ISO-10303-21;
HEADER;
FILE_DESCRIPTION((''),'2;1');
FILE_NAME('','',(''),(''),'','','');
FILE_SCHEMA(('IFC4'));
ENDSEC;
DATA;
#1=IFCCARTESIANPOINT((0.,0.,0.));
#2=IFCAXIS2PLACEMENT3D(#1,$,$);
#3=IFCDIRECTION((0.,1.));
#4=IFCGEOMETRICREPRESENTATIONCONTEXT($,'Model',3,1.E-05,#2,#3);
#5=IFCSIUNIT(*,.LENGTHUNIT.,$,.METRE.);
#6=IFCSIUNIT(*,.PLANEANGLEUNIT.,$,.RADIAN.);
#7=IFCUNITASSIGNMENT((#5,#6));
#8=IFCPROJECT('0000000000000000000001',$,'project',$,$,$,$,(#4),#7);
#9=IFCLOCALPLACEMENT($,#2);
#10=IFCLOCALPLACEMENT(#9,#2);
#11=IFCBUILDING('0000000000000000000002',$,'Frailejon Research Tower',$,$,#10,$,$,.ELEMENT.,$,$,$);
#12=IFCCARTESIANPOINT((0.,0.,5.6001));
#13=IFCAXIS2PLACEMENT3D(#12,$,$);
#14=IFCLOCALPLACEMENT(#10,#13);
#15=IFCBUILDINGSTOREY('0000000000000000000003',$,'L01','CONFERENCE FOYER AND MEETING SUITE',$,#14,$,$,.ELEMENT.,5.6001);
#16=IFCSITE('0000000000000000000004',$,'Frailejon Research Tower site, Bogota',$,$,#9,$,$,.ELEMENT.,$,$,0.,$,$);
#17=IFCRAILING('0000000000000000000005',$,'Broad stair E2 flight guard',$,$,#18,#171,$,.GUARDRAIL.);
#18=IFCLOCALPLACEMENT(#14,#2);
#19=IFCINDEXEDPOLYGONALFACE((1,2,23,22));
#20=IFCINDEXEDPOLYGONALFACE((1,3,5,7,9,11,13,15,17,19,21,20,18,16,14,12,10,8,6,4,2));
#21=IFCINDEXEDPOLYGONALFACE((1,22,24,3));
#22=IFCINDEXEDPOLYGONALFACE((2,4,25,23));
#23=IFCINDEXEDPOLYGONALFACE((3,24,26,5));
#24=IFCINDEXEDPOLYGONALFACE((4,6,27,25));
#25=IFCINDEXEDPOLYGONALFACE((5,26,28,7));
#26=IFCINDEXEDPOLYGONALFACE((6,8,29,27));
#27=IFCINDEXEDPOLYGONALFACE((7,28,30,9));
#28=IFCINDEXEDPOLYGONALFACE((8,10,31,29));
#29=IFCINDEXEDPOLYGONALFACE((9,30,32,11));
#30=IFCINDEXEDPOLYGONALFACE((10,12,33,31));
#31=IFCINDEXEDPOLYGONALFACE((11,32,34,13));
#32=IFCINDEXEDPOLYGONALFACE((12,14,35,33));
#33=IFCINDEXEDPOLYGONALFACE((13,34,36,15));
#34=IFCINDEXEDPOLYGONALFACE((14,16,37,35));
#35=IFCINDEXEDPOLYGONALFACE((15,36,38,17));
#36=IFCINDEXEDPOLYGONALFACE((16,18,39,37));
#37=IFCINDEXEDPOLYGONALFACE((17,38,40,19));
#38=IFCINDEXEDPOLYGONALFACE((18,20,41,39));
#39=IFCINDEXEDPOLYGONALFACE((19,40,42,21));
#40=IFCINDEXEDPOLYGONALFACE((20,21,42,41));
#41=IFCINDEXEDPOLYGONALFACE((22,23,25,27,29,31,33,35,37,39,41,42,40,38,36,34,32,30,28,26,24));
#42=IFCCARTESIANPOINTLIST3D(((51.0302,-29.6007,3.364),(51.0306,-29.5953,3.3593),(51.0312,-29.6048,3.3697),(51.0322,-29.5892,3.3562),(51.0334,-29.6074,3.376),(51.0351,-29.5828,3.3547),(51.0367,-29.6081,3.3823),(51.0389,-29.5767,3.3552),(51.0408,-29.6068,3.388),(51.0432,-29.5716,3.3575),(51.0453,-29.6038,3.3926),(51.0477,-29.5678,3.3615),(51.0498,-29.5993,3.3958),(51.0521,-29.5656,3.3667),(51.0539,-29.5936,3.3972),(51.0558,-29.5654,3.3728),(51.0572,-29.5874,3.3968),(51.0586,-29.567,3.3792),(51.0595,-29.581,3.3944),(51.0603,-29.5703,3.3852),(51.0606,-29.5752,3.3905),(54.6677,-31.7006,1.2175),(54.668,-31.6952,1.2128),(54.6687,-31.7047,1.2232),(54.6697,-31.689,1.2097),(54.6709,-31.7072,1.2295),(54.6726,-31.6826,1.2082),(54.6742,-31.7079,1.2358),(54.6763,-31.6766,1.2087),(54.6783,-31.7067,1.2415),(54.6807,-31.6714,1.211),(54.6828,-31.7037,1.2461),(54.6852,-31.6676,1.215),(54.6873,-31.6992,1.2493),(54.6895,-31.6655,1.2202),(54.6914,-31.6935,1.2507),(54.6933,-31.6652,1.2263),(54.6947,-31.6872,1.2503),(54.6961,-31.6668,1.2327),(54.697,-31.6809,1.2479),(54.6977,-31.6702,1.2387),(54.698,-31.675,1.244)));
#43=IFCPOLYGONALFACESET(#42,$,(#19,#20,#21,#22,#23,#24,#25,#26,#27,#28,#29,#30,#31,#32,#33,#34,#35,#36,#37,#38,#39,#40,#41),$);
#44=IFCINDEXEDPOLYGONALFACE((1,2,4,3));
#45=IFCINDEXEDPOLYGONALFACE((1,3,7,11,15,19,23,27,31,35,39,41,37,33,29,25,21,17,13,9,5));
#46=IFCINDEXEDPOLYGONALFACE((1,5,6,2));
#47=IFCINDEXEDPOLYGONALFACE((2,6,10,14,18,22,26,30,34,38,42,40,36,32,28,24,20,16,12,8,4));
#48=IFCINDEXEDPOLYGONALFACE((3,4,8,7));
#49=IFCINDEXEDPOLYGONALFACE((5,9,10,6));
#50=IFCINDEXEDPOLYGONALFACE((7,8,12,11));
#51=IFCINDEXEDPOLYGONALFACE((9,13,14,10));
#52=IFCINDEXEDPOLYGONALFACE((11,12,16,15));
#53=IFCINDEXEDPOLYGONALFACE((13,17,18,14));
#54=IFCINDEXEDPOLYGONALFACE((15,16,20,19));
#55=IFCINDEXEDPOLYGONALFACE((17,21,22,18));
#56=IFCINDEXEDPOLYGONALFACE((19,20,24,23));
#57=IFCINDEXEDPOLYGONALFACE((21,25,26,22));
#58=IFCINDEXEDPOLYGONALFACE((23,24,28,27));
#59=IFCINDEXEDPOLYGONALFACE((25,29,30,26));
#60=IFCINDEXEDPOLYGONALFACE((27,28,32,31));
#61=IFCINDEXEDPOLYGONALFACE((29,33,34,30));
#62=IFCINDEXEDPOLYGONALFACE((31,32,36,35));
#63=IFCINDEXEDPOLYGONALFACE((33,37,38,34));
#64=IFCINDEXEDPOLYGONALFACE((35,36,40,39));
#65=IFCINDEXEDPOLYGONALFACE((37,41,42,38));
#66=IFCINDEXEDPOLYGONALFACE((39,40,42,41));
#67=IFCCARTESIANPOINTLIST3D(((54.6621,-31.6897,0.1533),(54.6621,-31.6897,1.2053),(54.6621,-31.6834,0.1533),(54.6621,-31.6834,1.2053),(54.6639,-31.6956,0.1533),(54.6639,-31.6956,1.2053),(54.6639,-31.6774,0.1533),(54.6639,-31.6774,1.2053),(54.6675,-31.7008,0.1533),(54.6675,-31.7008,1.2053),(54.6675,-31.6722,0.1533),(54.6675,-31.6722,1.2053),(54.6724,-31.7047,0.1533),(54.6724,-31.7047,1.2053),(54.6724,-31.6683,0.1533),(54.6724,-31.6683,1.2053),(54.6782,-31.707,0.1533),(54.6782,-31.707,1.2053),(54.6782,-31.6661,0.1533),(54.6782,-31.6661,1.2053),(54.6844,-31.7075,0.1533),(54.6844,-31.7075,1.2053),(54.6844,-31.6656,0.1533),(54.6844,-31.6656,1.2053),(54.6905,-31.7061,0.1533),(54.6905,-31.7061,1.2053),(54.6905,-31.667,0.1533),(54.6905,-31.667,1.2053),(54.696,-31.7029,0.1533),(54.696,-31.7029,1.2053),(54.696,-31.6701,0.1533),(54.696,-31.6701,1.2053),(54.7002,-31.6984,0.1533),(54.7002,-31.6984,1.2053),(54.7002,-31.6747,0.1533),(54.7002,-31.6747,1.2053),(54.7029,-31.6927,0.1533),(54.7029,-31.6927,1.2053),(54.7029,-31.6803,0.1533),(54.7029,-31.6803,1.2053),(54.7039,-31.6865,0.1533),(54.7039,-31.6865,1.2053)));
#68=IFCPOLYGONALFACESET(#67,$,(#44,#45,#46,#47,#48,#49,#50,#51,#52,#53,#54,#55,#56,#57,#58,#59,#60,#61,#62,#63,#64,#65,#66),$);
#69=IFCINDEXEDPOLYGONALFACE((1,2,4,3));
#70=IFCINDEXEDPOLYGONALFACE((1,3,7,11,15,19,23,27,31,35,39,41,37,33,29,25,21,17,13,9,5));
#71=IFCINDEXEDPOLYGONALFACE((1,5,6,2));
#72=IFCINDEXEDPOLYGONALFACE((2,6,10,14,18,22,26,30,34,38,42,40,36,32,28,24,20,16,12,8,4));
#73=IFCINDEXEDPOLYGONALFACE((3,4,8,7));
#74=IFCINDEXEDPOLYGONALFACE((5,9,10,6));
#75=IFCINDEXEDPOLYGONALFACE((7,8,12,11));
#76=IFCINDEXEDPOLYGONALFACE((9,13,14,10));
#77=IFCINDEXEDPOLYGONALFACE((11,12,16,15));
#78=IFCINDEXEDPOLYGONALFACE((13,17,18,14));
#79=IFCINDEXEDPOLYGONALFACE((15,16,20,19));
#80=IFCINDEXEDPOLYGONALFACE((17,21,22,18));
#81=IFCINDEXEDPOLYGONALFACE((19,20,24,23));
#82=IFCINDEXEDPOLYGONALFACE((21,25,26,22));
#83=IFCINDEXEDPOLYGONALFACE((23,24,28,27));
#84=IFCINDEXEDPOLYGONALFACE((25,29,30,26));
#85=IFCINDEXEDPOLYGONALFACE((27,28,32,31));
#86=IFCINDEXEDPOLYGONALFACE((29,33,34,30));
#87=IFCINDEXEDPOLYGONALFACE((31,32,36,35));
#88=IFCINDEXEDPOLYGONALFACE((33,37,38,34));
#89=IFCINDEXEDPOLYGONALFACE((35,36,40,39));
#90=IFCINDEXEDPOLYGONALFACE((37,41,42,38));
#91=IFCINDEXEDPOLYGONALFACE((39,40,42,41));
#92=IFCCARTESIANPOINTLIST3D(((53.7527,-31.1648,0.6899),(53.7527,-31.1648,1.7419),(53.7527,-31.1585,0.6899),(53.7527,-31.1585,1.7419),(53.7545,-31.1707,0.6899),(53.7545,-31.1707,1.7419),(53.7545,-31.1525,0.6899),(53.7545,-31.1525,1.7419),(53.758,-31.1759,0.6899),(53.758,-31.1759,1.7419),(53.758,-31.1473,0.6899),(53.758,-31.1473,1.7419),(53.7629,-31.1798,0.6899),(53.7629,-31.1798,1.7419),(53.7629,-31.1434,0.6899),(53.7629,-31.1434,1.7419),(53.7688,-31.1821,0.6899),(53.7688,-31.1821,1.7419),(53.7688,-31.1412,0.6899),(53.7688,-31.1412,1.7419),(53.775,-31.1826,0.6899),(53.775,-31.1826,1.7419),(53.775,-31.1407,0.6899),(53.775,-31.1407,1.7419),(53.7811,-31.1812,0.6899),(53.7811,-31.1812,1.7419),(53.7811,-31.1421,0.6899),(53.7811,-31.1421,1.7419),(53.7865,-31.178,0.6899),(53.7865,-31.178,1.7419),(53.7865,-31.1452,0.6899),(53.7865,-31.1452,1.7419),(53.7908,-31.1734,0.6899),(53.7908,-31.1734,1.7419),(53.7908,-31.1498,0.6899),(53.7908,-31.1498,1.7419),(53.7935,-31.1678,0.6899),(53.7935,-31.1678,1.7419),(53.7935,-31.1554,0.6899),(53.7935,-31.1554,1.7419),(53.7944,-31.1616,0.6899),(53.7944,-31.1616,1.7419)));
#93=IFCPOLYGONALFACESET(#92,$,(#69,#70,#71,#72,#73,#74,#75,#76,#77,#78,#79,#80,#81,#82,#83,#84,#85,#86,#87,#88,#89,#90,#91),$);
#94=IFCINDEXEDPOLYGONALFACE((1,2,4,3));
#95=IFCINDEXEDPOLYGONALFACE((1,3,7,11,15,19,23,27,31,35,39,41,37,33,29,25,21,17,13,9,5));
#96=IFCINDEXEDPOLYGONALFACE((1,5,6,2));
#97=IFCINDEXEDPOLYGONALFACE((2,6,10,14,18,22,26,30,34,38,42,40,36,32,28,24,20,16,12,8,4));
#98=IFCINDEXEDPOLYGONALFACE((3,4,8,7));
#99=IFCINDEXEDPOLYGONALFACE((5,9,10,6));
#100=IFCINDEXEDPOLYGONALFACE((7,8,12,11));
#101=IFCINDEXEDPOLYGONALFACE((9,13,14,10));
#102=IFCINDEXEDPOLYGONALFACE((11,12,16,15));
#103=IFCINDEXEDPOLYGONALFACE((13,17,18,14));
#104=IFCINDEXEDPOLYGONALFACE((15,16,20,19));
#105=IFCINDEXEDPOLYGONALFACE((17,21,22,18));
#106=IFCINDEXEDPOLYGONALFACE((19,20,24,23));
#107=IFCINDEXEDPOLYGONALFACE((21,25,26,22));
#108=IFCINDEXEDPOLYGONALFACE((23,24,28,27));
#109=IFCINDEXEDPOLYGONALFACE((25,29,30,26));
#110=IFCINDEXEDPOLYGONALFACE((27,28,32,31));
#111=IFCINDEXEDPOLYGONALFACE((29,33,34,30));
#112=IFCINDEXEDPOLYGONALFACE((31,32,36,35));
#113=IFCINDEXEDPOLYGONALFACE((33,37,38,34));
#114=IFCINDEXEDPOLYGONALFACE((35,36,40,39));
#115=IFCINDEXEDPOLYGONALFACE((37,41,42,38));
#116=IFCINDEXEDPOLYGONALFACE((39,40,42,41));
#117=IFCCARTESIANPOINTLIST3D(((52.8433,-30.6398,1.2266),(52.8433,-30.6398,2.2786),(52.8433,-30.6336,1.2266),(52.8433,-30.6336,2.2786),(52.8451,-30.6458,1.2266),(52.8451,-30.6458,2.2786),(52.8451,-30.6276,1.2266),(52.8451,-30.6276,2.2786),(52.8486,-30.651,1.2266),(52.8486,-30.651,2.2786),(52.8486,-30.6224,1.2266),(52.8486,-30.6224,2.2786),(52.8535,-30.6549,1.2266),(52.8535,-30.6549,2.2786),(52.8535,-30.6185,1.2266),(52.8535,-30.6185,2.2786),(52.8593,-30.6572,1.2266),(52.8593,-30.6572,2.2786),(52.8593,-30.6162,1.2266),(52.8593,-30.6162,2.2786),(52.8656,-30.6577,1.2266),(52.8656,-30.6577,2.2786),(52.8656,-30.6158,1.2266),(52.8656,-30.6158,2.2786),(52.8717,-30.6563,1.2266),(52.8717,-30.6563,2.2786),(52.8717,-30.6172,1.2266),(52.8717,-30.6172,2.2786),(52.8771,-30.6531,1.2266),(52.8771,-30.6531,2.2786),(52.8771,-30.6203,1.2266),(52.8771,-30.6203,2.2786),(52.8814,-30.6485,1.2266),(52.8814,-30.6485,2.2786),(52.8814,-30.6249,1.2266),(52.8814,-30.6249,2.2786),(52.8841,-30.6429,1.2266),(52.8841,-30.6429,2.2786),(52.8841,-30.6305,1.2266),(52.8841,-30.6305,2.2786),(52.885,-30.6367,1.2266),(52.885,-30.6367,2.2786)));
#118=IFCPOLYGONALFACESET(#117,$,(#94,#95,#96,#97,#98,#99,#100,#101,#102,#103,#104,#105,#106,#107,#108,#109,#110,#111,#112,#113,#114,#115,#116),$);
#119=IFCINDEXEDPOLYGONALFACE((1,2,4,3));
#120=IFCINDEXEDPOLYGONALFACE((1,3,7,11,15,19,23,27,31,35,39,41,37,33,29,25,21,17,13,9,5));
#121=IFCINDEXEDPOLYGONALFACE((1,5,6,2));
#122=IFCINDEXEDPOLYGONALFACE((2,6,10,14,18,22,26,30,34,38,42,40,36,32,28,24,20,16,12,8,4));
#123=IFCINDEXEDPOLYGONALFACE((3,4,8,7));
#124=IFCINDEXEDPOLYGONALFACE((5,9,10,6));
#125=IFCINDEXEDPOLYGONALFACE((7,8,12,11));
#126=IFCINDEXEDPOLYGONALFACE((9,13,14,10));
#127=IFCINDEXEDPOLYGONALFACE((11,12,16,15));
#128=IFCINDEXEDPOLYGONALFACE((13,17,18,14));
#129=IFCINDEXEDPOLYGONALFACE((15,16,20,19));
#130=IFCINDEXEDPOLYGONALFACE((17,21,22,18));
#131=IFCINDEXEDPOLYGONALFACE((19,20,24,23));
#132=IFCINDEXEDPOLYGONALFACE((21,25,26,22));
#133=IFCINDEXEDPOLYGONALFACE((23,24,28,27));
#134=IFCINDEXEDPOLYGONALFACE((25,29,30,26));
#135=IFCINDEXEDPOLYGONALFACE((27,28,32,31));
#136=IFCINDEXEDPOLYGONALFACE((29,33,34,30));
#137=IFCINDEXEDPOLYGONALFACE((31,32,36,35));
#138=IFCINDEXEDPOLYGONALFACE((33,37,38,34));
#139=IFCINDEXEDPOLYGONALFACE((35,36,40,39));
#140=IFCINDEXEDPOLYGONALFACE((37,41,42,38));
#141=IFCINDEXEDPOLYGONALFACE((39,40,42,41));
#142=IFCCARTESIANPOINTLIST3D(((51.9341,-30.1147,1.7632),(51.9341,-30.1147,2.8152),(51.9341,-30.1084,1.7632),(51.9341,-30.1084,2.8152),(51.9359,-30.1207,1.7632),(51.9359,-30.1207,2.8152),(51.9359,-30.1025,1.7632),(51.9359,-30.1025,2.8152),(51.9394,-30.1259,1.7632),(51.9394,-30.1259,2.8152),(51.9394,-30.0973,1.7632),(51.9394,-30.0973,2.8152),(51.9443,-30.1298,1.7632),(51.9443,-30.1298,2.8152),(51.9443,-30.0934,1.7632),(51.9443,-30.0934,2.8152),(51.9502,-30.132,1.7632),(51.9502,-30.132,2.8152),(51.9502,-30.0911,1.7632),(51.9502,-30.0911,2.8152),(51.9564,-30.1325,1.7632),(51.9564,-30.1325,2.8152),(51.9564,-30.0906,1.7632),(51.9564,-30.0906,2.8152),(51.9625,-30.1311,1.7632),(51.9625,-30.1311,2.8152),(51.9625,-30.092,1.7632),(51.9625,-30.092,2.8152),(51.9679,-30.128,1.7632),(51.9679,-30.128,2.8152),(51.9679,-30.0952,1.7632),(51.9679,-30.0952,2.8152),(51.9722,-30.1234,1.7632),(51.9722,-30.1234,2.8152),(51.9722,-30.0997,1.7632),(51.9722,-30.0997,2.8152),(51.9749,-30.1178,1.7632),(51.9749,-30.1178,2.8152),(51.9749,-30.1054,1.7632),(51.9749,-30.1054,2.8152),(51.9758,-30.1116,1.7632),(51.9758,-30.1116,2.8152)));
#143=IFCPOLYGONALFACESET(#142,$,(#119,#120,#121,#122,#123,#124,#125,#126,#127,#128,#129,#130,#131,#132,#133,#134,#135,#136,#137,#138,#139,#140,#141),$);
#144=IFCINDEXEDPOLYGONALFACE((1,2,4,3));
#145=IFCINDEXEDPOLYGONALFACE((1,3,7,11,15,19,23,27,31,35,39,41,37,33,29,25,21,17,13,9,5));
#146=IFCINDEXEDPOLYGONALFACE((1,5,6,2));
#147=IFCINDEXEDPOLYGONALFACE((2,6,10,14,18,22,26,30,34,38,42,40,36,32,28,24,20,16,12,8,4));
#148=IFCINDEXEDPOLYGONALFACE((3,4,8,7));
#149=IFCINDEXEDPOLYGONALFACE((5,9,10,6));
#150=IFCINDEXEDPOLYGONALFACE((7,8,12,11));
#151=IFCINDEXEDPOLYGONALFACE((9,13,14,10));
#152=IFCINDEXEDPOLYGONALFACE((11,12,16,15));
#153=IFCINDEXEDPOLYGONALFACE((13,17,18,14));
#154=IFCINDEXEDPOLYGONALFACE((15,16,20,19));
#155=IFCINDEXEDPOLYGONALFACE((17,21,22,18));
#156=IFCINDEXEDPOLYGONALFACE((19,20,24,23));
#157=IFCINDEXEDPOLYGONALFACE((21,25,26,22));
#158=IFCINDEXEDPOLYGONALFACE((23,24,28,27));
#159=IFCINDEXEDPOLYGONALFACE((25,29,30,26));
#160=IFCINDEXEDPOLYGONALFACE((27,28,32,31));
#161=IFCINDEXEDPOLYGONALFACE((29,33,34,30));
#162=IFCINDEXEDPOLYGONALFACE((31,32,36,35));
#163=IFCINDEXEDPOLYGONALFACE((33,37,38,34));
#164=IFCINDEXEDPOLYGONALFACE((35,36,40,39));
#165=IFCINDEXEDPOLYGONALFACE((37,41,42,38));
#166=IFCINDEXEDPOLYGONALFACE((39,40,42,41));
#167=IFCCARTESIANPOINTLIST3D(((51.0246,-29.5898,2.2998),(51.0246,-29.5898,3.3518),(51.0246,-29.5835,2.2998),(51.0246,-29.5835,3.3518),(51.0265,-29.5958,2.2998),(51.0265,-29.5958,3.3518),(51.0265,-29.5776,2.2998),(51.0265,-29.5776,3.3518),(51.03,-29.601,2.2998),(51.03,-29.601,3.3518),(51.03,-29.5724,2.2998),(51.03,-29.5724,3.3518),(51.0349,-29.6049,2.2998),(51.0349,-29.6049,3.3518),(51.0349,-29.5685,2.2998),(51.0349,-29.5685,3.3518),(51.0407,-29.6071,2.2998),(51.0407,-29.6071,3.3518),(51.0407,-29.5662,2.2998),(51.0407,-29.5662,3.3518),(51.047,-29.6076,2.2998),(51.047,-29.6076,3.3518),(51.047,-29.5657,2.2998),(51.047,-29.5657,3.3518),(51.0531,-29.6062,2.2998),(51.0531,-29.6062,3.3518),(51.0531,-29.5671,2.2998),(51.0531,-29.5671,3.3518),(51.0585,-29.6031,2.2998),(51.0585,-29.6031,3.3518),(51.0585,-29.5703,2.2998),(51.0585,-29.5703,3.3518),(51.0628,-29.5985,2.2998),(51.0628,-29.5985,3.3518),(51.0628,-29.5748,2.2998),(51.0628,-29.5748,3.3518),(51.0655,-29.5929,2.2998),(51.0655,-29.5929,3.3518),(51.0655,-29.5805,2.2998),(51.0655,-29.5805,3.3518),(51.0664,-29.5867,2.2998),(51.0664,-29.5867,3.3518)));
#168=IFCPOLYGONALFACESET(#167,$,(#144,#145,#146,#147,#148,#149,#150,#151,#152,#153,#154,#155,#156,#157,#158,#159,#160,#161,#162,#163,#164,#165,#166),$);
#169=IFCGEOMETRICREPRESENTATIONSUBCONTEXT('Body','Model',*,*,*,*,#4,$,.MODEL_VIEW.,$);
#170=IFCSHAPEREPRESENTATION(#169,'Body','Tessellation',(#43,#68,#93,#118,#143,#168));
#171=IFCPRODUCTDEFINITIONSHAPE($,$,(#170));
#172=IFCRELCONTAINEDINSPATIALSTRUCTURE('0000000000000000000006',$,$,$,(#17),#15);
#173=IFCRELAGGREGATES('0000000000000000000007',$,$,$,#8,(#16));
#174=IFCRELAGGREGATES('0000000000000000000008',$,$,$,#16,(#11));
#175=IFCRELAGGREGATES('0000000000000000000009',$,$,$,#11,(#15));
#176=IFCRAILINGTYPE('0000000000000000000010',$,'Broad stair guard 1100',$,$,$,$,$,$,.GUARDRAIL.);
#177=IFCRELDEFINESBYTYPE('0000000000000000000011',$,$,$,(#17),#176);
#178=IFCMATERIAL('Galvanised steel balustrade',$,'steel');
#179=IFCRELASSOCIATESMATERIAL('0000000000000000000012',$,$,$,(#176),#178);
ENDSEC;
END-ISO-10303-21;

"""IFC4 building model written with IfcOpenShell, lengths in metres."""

from ifc_helpers import new_model, si_unit, direction, frame, origin, origin_2d, place, context, subcontext, project, spatial, circle, extrude, material, type_object, element, save


model = new_model("IFC4")

# Units and contexts
model_context = context("Model", 3, precision=1e-05, world=origin(), true_north=direction((0.0, 1.0)))
body_context = subcontext(model_context, "Body", "Model", "MODEL_VIEW")
ifc_project = project(units=[si_unit("LENGTHUNIT", "METRE"), si_unit("PLANEANGLEUNIT", "RADIAN")], contexts=[model_context])

# Site, building, storey
site_placement = place(None, origin())
site = spatial("IfcSite", under=ifc_project, at=site_placement, Name="Frailejon Research Tower site, Bogota", CompositionType="ELEMENT", RefElevation=0.0)
building_placement = place(site_placement, origin())
building = spatial("IfcBuilding", under=site, at=building_placement, Name="Frailejon Research Tower", CompositionType="ELEMENT")
storey_placement = place(building_placement, frame((0.0, 0.0, 5.6001)))
storey = spatial("IfcBuildingStorey", under=building, at=storey_placement, Name="L01", Description="CONFERENCE FOYER AND MEETING SUITE", CompositionType="ELEMENT", Elevation=5.6001)

# Railing
ifc_material_1 = material(Name="Galvanised steel balustrade", Category="steel")
railing_type_1 = type_object("IfcRailingType", Name="Broad stair guard 1100", PredefinedType="GUARDRAIL", material=ifc_material_1)
railing_1_placement = place(storey_placement, frame((54.6829, -31.6865, 0.1533)))
element("IfcRailing", 1, at=railing_1_placement, inside=storey, type_object=railing_type_1, Name="Broad stair E2 flight guard", PredefinedType="GUARDRAIL", context=body_context, shape_type="SweptSolid", body=[
    extrude(circle(Radius=0.0239, at=origin_2d()), frame((0.0, 0.0, 1.0762), z_axis=(-0.771176, 0.44519, 0.455076), x_axis=(-0.499959, -0.866049, 0.0)), (0.0, 0.0, 1.0), 4.7168),
    extrude(circle(Radius=0.021, at=origin_2d()), origin(), (0.0, 0.0, 1.0), 1.052),
    extrude(circle(Radius=0.021, at=origin_2d()), frame((-0.9094, 0.5249, 0.5366)), (0.0, 0.0, 1.0), 1.052),
    extrude(circle(Radius=0.021, at=origin_2d()), frame((-1.8188, 1.0498, 1.0732)), (0.0, 0.0, 1.0), 1.052),
    extrude(circle(Radius=0.021, at=origin_2d()), frame((-2.728, 1.575, 1.6099)), (0.0, 0.0, 1.0), 1.052),
    extrude(circle(Radius=0.021, at=origin_2d()), frame((-3.6375, 2.0999, 2.1465)), (0.0, 0.0, 1.0), 1.052),
])

save(model, "model.ifc")
